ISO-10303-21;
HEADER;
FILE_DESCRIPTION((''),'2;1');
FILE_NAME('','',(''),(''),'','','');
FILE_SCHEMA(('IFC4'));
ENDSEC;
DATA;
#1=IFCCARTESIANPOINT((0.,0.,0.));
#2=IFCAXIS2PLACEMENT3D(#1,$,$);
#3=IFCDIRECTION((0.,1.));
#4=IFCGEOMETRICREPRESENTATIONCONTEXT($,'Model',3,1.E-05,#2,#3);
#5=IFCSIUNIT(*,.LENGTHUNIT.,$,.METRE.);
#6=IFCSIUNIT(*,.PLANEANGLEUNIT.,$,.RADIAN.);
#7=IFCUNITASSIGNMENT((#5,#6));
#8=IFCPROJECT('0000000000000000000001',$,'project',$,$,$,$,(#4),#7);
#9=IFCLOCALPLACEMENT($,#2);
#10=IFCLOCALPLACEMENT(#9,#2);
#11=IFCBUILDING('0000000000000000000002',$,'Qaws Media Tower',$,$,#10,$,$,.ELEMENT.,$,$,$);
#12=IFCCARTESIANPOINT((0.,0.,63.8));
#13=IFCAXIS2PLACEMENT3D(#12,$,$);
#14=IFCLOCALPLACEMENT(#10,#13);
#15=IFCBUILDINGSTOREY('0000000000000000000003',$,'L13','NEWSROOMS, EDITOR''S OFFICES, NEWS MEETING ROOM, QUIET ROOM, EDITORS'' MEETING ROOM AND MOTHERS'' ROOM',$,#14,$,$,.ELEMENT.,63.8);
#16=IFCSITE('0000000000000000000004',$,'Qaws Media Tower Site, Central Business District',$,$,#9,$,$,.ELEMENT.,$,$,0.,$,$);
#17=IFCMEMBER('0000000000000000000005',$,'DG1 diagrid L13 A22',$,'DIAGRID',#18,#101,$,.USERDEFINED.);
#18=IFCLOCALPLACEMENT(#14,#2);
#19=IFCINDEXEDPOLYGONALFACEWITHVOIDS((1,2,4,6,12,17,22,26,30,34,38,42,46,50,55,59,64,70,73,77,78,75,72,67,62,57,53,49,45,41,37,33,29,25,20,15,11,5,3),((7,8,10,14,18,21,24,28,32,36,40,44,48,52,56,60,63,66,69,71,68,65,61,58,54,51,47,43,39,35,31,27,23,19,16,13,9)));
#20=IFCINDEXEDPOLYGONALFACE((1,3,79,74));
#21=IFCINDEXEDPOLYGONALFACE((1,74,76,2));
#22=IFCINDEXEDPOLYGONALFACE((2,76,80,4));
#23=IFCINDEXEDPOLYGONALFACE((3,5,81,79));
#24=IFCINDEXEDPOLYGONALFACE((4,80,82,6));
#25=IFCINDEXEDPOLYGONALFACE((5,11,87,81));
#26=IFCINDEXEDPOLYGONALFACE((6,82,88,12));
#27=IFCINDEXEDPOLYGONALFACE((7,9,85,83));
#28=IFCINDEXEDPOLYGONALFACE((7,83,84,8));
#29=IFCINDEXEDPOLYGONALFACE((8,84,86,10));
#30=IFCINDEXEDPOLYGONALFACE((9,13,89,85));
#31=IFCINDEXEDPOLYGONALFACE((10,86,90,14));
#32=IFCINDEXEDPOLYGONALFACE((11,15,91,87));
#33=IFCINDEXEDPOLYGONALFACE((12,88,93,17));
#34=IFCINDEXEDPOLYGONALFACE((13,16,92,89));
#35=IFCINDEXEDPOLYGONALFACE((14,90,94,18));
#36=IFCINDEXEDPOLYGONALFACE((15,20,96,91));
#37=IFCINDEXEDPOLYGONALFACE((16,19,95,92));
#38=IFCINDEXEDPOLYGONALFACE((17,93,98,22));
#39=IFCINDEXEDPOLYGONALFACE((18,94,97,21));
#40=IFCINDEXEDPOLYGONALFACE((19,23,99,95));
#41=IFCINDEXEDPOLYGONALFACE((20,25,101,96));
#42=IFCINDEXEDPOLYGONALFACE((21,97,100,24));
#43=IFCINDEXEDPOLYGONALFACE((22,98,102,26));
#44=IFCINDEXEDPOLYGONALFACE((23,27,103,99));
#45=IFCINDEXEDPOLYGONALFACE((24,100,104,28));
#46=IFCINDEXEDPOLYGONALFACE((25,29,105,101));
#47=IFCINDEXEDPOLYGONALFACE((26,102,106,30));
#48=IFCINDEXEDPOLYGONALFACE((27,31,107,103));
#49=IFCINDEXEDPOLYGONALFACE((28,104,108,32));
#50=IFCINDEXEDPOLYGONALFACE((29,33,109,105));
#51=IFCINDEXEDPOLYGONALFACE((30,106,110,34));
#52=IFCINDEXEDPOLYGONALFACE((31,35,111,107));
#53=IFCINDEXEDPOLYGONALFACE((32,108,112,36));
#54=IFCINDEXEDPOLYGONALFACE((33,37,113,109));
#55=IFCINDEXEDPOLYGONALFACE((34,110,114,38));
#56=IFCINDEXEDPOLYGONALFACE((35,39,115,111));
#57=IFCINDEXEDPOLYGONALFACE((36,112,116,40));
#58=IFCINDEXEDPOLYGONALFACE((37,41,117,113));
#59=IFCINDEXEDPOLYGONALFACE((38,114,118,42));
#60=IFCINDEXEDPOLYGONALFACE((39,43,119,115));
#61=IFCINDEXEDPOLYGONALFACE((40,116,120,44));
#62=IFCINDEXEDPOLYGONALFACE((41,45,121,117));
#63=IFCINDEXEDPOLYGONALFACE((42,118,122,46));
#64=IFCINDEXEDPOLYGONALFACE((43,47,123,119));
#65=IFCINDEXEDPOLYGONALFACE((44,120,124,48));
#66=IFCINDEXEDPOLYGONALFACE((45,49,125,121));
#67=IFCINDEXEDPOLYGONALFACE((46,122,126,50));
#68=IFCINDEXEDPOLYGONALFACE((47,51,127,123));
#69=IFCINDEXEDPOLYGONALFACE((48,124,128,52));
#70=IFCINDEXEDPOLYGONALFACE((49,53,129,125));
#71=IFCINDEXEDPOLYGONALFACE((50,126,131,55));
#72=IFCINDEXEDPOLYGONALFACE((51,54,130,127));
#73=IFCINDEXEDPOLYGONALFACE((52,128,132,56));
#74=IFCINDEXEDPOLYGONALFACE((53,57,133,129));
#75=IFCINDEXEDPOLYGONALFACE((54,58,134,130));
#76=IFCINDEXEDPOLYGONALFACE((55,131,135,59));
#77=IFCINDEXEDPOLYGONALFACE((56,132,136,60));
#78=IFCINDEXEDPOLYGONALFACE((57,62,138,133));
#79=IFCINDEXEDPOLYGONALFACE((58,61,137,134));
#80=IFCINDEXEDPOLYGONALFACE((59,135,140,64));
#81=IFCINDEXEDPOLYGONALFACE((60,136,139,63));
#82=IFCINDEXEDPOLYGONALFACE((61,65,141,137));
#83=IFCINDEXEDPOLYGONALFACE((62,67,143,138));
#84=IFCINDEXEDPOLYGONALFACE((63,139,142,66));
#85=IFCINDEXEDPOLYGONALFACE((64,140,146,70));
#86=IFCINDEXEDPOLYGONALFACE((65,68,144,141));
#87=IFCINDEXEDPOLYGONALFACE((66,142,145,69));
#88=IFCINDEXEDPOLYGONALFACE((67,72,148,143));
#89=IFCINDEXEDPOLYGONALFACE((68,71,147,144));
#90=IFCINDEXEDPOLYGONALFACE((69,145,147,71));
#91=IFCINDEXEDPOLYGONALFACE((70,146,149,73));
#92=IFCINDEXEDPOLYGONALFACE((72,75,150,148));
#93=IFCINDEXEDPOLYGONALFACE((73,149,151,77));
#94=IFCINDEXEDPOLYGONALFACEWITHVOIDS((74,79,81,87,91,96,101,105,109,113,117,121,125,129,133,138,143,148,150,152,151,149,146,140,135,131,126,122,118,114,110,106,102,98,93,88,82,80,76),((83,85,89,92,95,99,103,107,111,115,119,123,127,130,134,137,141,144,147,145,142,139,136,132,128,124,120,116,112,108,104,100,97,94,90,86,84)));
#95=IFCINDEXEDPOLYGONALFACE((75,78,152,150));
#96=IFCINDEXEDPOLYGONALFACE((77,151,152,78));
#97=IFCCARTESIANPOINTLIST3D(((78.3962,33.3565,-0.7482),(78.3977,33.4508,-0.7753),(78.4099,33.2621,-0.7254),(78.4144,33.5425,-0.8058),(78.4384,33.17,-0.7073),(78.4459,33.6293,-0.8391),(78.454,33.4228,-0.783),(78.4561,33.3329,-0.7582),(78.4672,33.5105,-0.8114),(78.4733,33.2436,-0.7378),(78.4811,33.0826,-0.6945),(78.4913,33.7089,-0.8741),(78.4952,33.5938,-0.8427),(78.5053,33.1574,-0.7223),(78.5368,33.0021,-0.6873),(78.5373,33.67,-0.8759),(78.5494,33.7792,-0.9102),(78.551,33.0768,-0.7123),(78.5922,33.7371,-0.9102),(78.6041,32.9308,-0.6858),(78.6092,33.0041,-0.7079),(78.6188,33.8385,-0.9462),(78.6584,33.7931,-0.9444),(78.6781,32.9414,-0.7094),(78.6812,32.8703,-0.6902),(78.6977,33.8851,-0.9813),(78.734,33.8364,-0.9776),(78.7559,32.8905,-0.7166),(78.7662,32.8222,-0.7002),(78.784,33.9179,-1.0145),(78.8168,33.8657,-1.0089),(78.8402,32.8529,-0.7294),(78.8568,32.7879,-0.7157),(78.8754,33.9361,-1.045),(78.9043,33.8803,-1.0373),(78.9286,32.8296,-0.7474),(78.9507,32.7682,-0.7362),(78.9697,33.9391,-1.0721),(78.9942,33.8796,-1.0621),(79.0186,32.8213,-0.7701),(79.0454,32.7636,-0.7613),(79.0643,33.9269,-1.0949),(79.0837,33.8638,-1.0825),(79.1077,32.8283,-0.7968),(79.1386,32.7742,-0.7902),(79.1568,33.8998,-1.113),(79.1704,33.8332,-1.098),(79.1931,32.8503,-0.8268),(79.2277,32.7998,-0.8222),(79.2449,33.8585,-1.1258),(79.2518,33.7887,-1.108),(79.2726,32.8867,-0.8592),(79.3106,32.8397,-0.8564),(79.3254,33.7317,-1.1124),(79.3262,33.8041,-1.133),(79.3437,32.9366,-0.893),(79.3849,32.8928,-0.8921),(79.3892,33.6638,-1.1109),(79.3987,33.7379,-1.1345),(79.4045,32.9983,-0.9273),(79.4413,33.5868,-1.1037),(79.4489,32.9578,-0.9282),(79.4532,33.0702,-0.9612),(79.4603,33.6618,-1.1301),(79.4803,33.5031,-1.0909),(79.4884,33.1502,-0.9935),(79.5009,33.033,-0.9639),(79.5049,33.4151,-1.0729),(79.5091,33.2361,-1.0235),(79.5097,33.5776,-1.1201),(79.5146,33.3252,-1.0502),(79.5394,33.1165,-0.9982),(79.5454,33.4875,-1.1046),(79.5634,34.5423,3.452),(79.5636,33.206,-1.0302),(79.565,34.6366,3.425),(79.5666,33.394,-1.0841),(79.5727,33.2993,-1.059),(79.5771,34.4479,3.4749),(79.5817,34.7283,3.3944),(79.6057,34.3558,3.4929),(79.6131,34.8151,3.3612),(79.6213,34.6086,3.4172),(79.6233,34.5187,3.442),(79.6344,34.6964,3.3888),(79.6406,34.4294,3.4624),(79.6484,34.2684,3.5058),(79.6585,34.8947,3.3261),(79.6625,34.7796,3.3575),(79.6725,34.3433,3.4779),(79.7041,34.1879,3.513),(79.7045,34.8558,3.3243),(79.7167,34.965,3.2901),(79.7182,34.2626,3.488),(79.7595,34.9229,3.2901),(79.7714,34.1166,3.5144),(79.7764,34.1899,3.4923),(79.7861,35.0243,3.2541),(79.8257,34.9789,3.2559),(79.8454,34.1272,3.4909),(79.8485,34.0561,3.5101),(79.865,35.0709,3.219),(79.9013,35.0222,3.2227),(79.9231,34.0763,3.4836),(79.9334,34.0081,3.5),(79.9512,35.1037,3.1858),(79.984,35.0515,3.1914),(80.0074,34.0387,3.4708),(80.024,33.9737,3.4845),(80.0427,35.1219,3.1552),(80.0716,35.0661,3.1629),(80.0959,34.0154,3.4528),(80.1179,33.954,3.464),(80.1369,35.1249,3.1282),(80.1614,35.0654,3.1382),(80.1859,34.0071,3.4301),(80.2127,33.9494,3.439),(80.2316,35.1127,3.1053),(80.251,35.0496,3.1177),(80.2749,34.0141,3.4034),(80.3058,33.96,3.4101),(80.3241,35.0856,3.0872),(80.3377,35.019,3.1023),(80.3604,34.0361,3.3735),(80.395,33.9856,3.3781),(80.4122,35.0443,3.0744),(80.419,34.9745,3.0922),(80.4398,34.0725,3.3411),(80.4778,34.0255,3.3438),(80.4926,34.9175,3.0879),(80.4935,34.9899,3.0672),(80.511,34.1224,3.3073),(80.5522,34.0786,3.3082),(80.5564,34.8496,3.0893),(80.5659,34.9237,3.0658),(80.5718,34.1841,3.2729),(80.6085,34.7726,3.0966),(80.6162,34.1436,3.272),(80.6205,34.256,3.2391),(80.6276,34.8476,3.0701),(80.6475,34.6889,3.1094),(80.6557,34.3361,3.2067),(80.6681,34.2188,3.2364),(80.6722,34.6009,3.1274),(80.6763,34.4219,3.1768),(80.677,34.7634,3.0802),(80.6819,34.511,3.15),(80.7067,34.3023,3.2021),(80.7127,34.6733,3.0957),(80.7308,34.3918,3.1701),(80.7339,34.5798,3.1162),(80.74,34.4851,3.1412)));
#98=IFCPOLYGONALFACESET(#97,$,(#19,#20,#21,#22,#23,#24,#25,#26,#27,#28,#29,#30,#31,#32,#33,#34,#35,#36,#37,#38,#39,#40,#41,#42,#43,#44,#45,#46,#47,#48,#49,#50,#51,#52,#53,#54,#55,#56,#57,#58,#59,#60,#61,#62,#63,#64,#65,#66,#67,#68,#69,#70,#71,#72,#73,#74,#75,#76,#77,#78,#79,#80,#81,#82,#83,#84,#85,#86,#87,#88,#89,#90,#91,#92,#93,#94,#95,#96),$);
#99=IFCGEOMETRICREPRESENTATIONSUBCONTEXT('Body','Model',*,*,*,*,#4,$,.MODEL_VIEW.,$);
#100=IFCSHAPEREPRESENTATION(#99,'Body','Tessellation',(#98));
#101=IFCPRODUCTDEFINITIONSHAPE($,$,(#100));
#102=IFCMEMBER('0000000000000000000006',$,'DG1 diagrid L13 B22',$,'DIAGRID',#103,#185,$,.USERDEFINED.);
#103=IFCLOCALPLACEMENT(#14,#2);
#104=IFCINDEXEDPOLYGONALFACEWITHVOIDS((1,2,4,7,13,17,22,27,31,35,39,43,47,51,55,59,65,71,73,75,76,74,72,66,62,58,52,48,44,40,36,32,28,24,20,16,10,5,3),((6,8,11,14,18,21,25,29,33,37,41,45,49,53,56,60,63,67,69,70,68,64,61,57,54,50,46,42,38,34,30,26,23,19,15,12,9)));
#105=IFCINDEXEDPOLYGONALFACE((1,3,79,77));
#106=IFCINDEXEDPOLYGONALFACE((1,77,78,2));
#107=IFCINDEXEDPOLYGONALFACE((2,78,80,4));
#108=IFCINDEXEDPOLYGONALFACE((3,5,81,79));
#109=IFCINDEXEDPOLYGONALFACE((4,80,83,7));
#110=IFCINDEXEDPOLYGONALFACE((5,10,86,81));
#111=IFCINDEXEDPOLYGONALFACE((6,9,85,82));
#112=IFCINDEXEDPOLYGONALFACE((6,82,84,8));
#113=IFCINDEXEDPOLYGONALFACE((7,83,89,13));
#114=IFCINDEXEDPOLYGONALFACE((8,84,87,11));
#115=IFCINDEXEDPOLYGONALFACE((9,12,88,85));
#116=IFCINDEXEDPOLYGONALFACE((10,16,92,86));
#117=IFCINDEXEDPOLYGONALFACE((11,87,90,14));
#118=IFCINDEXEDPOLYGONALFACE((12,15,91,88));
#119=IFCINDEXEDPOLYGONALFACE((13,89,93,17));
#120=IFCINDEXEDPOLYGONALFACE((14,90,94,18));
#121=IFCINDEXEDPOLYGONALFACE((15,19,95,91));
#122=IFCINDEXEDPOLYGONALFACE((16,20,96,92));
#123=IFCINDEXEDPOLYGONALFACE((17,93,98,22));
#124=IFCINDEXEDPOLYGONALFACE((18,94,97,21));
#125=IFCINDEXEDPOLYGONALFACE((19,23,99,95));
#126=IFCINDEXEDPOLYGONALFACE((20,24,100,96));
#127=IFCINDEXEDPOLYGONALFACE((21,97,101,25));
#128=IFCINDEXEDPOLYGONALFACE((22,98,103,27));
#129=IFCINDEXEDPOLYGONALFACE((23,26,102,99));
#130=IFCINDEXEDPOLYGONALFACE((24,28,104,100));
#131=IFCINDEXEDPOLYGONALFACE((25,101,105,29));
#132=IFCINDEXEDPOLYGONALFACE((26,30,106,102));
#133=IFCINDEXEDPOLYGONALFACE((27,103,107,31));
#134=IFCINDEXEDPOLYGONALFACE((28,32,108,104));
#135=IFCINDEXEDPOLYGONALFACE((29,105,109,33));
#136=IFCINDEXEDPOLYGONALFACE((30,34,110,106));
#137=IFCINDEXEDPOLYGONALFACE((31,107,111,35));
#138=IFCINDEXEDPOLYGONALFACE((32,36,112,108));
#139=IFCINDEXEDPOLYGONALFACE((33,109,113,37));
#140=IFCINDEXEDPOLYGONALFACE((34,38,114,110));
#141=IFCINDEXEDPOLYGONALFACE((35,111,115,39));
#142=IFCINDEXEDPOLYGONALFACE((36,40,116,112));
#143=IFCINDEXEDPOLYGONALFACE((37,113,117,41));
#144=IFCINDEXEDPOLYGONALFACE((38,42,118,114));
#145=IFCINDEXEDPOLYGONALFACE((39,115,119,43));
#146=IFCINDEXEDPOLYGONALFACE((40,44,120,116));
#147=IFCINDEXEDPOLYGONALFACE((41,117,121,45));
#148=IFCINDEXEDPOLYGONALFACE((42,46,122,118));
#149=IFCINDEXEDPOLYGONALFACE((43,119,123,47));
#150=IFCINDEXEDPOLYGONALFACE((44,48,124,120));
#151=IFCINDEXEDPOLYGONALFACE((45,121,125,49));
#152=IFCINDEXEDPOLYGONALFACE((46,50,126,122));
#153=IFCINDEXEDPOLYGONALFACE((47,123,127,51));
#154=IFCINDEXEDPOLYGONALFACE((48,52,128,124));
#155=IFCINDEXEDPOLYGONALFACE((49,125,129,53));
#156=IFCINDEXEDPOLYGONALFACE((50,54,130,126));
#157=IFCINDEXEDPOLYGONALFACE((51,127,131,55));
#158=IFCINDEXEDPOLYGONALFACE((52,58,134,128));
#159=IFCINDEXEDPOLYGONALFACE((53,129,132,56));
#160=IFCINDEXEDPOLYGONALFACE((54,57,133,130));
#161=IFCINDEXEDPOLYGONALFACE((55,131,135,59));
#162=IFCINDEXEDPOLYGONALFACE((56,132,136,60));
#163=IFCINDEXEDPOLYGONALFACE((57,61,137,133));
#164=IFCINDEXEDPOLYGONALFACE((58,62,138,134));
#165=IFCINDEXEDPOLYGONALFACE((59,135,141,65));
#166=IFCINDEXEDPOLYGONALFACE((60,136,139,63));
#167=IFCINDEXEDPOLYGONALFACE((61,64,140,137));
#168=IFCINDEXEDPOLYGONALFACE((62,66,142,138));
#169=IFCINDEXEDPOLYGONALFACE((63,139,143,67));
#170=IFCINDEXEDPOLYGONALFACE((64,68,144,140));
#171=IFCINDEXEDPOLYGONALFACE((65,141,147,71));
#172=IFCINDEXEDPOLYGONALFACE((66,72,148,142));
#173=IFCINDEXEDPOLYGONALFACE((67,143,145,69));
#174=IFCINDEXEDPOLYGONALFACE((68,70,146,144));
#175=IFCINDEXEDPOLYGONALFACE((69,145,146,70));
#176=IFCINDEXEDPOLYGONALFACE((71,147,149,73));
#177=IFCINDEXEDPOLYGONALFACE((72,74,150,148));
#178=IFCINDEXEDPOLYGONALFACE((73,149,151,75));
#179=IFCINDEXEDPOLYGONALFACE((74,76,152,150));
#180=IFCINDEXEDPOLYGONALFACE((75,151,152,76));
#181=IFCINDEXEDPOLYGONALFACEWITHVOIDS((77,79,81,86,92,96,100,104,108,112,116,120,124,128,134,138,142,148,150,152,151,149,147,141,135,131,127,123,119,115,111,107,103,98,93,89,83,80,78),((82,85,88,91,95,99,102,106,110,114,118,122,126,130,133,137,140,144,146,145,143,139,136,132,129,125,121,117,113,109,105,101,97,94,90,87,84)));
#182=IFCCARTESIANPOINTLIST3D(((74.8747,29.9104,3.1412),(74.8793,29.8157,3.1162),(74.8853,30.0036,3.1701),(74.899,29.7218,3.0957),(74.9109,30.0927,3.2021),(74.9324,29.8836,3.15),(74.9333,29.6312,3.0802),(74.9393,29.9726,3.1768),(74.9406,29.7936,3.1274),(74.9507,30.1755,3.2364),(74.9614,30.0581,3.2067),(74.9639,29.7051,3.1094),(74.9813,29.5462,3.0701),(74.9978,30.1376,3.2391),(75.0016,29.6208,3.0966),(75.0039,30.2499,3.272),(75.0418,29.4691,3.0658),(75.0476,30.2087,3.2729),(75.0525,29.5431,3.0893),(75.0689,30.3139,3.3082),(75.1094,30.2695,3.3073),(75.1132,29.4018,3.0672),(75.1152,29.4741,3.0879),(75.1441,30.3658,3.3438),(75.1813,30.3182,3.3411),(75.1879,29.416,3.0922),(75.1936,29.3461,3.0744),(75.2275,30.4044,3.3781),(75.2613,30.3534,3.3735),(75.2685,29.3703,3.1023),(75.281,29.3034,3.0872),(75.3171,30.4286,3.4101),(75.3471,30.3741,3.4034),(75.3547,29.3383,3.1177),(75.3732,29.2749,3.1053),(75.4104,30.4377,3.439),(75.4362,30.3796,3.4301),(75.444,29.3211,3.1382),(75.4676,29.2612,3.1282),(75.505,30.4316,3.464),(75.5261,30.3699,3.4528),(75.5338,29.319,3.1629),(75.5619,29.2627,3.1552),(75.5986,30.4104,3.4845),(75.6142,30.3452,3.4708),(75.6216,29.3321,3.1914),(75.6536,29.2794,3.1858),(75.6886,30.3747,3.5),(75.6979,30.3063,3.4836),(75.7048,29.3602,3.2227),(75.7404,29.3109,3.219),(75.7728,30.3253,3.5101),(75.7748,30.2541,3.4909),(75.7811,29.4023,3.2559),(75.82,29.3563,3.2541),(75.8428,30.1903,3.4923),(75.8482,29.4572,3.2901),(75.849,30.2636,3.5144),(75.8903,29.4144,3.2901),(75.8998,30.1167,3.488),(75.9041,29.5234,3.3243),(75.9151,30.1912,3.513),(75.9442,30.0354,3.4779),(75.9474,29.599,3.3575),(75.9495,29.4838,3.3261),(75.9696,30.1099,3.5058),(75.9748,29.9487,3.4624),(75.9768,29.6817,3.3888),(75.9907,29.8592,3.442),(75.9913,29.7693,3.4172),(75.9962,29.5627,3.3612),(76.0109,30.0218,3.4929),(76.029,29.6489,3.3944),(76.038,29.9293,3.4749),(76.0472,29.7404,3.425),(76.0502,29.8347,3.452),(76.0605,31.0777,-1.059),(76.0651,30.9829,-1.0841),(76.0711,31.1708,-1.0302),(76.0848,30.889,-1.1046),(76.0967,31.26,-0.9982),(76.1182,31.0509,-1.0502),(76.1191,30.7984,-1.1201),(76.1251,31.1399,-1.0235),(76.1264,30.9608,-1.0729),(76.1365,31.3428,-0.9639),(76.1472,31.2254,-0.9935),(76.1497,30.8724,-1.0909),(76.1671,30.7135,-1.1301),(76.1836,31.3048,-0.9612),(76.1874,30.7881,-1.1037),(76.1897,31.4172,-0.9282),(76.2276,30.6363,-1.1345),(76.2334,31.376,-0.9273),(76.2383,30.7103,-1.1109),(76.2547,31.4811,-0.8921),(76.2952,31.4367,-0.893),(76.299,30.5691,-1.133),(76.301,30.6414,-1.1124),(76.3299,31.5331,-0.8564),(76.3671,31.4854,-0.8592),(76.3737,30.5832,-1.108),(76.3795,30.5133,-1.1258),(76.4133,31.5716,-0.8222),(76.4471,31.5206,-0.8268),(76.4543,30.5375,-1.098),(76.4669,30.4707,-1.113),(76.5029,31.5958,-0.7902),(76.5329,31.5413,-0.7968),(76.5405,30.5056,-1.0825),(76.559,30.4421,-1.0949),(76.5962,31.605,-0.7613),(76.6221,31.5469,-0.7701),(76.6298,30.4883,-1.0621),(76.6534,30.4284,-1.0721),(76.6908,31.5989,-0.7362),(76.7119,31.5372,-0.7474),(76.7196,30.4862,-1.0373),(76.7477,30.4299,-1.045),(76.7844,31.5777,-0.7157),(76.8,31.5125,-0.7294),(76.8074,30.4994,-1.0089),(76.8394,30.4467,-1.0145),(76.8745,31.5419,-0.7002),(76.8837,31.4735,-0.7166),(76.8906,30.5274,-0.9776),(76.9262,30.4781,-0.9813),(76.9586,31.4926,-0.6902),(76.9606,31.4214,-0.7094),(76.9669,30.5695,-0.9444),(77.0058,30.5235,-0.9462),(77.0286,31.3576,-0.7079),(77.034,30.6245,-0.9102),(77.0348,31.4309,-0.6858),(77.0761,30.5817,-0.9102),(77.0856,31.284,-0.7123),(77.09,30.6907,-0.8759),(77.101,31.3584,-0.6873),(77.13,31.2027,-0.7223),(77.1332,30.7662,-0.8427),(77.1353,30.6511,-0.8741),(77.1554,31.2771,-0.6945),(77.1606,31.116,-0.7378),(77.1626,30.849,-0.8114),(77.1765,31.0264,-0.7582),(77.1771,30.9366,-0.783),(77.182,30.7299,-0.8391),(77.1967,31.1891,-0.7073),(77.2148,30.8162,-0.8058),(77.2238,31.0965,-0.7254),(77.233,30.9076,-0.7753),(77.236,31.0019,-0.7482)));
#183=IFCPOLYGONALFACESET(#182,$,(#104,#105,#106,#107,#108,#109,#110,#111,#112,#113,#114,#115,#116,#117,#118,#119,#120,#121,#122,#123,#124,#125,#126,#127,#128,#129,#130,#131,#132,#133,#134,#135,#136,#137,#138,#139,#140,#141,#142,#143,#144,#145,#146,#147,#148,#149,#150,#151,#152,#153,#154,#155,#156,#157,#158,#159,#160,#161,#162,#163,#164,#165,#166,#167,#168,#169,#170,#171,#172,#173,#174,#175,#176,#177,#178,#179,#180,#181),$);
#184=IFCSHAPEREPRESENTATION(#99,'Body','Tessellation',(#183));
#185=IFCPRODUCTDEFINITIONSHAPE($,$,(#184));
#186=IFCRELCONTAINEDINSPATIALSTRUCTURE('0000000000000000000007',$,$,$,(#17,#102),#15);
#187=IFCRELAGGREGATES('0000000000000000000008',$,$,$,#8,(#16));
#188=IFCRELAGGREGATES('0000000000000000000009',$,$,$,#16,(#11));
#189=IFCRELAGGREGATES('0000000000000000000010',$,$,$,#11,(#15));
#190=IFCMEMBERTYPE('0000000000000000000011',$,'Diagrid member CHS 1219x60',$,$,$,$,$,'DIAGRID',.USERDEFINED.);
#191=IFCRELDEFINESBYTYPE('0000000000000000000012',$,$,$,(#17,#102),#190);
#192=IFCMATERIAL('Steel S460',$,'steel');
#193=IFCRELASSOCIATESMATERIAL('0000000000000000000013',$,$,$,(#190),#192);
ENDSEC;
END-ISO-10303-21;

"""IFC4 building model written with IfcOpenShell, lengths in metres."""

from ifc_helpers import new_model, si_unit, direction, frame, origin, origin_2d, place, context, subcontext, project, spatial, hollow_circle, extrude, material, material_profile, profile_set, type_object, element, save


model = new_model("IFC4")

# Units and contexts
model_context = context("Model", 3, precision=1e-05, world=origin(), true_north=direction((0.0, 1.0)))
body_context = subcontext(model_context, "Body", "Model", "MODEL_VIEW")
ifc_project = project(units=[si_unit("LENGTHUNIT", "METRE"), si_unit("PLANEANGLEUNIT", "RADIAN")], contexts=[model_context])

# Site, building, storey
site_placement = place(None, origin())
site = spatial("IfcSite", under=ifc_project, at=site_placement, Name="Qaws Media Tower Site, Central Business District", CompositionType="ELEMENT", RefElevation=0.0)
building_placement = place(site_placement, origin())
building = spatial("IfcBuilding", under=site, at=building_placement, Name="Qaws Media Tower", CompositionType="ELEMENT")
storey_placement = place(building_placement, frame((0.0, 0.0, 63.8)))
storey = spatial("IfcBuildingStorey", under=building, at=storey_placement, Name="L13", Description="NEWSROOMS, EDITOR'S OFFICES, NEWS MEETING ROOM, QUIET ROOM, EDITORS' MEETING ROOM AND MOTHERS' ROOM", CompositionType="ELEMENT", Elevation=63.8)

# Members
ifc_material_1 = material(Name="Steel S460", Category="steel")
ifc_material_profile_1 = material_profile(ifc_material_1, hollow_circle(Radius=0.6096, WallThickness=0.0601, at=origin_2d()), Name="CHS 1219x60")
ifc_profile_set_1 = profile_set([ifc_material_profile_1], Name="Steel S460")
member_type_1 = type_object("IfcMemberType", Name="Diagrid member CHS 1219x60", ElementType="DIAGRID", PredefinedType="USERDEFINED", material=ifc_profile_set_1)
for number, where, z_axis, x_axis, name in (
    (1, (78.9839, 33.3516, -0.9102), (0.258366, 0.262473, 0.929707), (-0.71266, 0.701509, 0.0), "DG1 diagrid L13 A22"),
    (2, (76.6484, 31.0161, -0.9102), (-0.262473, -0.258366, 0.929707), (0.701509, -0.71266, 0.0), "DG1 diagrid L13 B22"),
):
    element("IfcMember", number, at=place(storey_placement, frame(where, z_axis=z_axis, x_axis=x_axis)), inside=storey, type_object=member_type_1, Name=name, ObjectType="DIAGRID", PredefinedType="USERDEFINED", context=body_context, shape_type="SweptSolid", body=[
        extrude(hollow_circle(Radius=0.6096, WallThickness=0.0601, at=origin_2d()), origin(), (0.0, 0.0, 1.0), 4.5178),
    ])

save(model, "model.ifc")
